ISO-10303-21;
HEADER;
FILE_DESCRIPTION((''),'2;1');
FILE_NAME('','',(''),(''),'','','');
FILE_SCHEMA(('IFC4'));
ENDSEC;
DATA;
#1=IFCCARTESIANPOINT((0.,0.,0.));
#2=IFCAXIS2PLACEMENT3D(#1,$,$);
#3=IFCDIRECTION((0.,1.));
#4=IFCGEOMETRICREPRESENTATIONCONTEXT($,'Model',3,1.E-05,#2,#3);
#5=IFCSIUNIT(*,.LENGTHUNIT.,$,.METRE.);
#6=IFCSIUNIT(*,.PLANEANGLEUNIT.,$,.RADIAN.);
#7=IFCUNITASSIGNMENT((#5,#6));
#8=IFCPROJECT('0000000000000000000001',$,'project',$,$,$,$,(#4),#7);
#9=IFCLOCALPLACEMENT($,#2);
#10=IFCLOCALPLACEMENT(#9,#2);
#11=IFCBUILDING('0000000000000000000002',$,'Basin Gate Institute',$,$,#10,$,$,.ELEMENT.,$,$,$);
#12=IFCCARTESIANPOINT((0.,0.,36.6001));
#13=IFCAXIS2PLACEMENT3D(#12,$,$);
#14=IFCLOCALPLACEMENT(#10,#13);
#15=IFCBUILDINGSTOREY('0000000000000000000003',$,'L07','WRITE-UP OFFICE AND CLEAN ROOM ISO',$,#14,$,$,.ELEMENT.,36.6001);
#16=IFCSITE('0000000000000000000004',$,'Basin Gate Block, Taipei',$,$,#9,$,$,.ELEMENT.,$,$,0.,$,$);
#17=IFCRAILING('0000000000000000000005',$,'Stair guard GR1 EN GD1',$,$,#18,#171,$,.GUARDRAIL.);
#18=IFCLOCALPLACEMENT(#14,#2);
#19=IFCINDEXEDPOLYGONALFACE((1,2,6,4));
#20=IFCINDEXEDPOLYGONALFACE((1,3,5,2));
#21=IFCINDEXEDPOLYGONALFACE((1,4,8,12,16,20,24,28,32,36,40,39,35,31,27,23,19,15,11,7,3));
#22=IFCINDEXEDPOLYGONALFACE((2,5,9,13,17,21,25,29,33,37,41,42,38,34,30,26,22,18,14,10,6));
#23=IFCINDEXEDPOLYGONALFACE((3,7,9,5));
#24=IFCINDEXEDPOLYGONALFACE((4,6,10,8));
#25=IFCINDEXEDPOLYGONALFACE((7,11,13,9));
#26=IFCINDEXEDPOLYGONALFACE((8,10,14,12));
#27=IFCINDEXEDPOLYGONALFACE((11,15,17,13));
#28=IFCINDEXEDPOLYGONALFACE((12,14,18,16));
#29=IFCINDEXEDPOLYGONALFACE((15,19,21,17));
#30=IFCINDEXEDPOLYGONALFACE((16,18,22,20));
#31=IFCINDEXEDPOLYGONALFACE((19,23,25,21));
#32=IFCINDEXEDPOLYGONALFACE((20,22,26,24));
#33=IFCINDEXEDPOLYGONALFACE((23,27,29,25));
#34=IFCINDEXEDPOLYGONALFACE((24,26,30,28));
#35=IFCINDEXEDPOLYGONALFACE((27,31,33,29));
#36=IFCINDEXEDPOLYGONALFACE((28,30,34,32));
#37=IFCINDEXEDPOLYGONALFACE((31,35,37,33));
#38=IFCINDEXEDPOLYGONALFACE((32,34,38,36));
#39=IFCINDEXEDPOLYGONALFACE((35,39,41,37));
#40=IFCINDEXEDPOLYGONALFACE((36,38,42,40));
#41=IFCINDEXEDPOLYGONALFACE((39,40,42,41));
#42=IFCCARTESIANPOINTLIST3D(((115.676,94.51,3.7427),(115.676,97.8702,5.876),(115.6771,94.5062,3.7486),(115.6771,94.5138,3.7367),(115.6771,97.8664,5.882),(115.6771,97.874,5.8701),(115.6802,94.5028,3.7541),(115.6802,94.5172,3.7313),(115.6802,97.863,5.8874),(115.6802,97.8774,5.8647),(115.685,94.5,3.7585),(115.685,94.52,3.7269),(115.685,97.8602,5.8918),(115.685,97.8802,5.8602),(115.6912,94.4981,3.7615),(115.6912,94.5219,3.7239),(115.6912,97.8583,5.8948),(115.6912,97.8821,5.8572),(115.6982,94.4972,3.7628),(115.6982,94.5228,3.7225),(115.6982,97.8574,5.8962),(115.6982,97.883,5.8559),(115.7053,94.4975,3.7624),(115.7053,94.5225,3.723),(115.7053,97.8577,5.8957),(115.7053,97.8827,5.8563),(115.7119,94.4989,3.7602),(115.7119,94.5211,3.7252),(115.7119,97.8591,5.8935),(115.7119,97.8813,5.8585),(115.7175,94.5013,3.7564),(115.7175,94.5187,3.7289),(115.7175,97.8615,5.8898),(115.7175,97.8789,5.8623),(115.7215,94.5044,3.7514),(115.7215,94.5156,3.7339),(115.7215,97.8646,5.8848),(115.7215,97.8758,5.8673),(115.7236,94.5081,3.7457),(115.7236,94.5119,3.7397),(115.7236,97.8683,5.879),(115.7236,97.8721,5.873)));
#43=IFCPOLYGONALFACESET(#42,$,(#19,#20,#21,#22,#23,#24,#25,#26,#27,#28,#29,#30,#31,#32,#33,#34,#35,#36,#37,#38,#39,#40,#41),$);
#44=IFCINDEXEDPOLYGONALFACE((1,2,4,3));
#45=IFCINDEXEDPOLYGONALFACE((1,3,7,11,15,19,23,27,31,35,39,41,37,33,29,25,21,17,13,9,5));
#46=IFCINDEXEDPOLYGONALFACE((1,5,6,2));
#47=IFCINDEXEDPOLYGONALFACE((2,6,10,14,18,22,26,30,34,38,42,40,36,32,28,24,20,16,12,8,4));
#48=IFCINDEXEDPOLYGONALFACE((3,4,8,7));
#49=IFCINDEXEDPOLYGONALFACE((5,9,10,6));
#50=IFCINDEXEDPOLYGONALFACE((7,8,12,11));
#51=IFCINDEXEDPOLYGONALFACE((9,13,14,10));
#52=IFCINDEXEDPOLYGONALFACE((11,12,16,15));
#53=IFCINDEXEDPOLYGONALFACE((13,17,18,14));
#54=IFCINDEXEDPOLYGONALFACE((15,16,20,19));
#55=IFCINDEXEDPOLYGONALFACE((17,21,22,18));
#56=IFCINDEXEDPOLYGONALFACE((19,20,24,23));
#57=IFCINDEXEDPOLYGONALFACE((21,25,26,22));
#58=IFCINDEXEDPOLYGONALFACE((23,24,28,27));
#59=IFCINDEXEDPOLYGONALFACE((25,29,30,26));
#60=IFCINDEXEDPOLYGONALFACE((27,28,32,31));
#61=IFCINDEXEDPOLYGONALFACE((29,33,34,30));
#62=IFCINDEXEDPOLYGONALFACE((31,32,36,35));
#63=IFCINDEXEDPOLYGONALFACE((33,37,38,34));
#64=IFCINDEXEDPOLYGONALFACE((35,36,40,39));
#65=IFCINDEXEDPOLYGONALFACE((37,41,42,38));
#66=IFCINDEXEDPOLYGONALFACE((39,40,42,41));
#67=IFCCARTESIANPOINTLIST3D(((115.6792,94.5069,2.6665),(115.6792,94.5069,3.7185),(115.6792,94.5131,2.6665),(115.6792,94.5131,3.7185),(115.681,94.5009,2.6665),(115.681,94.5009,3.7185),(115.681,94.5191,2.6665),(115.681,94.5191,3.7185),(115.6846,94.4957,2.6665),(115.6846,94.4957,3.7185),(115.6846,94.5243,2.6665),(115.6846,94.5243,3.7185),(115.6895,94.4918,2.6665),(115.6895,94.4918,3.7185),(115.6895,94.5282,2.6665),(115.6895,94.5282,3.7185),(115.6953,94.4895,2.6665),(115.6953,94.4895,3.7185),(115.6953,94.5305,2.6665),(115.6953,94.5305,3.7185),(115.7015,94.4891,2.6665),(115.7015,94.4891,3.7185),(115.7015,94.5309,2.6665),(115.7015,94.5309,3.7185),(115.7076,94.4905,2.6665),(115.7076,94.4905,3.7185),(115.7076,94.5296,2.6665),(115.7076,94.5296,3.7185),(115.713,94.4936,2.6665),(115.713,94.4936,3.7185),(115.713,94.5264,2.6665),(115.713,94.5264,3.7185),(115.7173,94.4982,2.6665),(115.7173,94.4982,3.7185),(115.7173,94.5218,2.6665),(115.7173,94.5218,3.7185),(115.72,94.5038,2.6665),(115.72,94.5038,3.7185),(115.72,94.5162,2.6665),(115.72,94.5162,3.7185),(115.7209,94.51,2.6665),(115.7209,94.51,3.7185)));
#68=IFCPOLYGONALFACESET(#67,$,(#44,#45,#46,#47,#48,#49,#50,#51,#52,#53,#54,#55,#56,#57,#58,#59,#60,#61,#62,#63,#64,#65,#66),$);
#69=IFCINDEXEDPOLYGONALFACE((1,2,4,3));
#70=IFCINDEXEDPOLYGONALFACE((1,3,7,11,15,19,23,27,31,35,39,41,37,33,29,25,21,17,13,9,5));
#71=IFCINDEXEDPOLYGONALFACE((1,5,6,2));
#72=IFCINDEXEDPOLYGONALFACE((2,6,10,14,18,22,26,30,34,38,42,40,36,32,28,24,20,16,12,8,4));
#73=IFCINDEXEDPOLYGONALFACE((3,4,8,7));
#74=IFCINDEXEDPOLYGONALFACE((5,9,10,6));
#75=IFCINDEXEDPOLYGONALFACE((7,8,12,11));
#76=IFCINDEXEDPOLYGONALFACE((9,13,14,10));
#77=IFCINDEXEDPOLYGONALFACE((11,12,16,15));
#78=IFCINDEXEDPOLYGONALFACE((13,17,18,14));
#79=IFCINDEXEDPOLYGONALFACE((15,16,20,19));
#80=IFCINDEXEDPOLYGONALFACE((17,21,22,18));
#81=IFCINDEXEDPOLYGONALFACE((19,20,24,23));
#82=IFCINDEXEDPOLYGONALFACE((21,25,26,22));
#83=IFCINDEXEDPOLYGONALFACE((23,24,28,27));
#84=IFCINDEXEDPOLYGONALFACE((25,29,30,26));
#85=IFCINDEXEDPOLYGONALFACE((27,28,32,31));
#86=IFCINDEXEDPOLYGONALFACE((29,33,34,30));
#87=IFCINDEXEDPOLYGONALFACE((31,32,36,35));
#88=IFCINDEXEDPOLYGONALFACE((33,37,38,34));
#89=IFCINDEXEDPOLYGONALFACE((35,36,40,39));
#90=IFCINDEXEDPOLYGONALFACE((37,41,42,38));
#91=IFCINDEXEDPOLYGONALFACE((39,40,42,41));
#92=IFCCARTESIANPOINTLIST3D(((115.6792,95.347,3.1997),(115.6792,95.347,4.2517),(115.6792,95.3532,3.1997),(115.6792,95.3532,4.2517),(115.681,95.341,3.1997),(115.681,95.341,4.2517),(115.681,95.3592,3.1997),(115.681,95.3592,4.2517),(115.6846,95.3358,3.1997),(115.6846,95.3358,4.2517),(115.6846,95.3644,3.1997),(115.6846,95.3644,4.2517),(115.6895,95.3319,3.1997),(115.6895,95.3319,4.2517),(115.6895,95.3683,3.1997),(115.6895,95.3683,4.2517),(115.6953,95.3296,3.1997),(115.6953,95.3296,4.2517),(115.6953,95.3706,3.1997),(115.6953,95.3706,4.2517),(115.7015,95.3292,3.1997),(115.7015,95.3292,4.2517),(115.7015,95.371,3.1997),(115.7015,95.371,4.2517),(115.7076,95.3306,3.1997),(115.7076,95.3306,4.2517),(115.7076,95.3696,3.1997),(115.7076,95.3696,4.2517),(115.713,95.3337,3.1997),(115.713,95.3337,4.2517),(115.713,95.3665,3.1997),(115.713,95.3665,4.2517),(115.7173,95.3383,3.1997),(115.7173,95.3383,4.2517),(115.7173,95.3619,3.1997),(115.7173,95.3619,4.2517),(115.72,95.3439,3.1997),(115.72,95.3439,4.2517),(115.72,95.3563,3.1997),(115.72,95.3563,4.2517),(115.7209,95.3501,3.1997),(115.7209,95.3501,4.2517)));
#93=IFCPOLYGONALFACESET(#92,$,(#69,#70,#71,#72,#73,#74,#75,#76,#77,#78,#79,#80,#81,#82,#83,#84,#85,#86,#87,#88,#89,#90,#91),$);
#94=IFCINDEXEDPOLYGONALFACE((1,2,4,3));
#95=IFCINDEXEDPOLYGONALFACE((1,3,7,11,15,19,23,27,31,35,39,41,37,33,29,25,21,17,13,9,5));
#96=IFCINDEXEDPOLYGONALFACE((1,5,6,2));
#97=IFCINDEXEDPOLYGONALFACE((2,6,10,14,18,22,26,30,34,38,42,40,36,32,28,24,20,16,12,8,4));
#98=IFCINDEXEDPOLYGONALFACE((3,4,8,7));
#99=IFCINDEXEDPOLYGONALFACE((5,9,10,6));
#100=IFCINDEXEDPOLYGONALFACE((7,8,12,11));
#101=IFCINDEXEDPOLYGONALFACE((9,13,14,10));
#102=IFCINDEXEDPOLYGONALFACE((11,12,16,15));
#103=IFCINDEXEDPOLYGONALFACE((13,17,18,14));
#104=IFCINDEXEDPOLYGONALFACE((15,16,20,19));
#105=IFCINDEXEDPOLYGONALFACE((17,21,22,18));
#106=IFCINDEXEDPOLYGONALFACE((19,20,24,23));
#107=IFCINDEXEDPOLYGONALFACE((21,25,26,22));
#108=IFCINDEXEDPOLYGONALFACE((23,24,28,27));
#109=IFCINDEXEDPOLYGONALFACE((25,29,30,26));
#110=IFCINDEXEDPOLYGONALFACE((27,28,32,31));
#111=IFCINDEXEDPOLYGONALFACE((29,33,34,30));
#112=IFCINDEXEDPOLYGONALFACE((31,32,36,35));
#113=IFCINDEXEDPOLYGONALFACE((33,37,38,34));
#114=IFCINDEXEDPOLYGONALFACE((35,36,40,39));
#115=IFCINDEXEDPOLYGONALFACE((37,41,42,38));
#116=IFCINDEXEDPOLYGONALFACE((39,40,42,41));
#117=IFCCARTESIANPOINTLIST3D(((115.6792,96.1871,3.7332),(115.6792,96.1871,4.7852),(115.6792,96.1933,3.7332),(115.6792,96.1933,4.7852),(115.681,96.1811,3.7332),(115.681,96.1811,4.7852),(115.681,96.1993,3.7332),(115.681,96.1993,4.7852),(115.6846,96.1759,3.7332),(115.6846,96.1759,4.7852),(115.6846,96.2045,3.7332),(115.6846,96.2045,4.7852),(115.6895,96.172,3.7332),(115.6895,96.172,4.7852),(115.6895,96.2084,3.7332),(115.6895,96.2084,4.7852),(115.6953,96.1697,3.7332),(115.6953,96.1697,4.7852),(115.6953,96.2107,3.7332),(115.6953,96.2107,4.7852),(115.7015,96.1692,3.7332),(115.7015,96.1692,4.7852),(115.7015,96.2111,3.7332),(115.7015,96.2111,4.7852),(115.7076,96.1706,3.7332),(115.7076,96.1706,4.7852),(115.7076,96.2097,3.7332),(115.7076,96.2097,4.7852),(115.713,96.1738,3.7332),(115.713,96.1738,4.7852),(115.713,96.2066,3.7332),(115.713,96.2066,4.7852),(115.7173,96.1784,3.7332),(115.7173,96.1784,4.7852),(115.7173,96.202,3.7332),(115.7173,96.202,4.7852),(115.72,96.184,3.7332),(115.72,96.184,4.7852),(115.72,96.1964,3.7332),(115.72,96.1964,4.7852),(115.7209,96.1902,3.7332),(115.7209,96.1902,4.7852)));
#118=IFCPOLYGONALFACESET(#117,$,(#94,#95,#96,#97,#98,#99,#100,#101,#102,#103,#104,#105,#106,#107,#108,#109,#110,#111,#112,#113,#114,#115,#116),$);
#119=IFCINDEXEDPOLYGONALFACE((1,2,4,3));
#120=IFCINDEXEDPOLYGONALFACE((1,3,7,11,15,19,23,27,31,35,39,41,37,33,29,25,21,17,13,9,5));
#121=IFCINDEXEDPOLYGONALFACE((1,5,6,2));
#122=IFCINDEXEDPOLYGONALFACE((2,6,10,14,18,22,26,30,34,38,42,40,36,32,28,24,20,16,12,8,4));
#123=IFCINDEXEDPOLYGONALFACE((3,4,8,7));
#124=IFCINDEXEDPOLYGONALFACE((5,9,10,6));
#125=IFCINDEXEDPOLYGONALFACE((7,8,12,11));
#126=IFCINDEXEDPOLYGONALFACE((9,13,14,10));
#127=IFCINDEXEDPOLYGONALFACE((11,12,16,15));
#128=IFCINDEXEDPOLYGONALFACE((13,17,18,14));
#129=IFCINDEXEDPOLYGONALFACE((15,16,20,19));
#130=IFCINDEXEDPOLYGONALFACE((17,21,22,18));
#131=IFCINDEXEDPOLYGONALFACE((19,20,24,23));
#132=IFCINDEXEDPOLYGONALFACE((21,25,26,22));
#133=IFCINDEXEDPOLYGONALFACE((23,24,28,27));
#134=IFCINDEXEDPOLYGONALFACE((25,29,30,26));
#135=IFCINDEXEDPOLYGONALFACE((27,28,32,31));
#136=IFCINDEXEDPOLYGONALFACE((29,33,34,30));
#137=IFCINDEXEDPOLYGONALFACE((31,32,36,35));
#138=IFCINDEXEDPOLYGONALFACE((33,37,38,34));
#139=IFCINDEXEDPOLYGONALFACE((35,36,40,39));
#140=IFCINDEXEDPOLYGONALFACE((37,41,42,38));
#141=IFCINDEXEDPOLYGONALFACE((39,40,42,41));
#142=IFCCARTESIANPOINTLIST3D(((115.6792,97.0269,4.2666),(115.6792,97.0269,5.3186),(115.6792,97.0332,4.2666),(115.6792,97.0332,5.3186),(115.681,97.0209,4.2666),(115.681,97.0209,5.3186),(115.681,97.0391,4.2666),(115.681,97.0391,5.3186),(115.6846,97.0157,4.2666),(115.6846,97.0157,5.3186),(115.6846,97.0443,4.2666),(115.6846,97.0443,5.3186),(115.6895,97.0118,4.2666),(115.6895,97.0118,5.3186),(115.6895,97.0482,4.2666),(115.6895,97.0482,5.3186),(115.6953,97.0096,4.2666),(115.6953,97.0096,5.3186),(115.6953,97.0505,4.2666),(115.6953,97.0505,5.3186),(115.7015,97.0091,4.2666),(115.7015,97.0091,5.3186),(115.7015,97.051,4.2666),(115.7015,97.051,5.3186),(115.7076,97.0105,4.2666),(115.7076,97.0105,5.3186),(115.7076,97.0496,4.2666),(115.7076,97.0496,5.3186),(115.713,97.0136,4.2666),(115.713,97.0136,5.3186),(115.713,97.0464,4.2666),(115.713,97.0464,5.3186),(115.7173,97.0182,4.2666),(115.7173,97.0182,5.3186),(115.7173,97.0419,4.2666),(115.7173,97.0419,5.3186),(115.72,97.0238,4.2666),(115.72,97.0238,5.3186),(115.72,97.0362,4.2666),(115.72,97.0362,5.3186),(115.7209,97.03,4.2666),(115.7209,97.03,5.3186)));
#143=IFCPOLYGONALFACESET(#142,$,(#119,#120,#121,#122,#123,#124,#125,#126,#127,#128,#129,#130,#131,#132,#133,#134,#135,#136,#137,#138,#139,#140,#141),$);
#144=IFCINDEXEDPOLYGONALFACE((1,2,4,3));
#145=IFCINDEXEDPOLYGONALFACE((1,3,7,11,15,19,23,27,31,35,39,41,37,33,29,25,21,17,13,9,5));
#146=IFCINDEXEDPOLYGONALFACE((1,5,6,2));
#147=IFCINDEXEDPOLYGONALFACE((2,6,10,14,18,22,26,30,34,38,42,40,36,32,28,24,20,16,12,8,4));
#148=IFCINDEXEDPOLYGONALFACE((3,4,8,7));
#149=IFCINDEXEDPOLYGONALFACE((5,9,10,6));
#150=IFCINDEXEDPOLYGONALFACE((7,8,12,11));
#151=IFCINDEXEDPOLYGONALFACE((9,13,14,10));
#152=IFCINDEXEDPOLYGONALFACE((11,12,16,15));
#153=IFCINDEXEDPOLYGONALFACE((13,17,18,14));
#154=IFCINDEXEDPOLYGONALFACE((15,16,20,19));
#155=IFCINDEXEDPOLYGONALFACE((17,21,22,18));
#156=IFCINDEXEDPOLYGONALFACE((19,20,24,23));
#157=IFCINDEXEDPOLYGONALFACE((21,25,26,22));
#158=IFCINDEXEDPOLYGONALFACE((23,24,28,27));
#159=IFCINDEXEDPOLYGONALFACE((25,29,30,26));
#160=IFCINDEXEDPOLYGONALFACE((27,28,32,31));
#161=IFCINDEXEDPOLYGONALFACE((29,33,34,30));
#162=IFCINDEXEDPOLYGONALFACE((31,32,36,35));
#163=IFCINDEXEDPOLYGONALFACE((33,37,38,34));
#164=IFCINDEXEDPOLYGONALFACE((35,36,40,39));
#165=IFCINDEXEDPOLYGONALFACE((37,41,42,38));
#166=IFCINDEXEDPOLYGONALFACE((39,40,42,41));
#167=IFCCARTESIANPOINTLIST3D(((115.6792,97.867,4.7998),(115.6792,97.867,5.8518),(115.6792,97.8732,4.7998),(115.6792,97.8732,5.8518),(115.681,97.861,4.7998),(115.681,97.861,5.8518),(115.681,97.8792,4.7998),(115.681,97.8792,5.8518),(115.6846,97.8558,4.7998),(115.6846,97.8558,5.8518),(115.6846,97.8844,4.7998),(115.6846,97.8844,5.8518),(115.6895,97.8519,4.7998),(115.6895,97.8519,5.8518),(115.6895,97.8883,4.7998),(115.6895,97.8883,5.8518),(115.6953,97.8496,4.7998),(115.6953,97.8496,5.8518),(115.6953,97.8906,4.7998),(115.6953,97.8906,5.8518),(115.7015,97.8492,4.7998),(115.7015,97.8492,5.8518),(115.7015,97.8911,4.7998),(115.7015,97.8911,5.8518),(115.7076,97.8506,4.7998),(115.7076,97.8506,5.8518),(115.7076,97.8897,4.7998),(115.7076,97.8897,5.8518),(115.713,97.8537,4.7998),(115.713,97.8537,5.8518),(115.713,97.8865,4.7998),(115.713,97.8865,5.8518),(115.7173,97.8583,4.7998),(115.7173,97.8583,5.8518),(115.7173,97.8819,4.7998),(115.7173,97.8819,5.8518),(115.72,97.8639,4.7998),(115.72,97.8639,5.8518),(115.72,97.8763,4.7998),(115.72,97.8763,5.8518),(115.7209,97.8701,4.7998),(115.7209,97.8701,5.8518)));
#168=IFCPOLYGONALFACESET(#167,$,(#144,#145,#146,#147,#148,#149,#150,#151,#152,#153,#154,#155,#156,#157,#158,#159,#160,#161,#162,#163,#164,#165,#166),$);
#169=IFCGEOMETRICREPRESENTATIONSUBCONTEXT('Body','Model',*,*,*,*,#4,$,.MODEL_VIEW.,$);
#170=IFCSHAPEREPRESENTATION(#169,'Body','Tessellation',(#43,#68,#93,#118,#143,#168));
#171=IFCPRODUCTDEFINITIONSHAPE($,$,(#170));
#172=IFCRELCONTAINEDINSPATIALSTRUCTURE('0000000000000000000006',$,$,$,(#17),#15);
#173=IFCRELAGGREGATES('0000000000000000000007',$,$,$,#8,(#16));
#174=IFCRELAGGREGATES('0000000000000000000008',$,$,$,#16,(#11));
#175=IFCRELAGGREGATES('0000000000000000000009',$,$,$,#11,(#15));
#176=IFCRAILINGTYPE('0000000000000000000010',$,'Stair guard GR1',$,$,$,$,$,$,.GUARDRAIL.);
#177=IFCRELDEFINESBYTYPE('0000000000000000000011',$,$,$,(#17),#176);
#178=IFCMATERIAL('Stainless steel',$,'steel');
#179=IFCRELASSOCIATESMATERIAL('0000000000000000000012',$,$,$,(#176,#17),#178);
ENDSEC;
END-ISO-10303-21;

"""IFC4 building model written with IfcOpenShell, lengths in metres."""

from ifc_helpers import new_model, si_unit, direction, frame, origin, origin_2d, place, context, subcontext, project, spatial, circle, extrude, material, type_object, element, save


model = new_model("IFC4")

# Units and contexts
model_context = context("Model", 3, precision=1e-05, world=origin(), true_north=direction((0.0, 1.0)))
body_context = subcontext(model_context, "Body", "Model", "MODEL_VIEW")
ifc_project = project(units=[si_unit("LENGTHUNIT", "METRE"), si_unit("PLANEANGLEUNIT", "RADIAN")], contexts=[model_context])

# Site, building, storey
site_placement = place(None, origin())
site = spatial("IfcSite", under=ifc_project, at=site_placement, Name="Basin Gate Block, Taipei", CompositionType="ELEMENT", RefElevation=0.0)
building_placement = place(site_placement, origin())
building = spatial("IfcBuilding", under=site, at=building_placement, Name="Basin Gate Institute", CompositionType="ELEMENT")
storey_placement = place(building_placement, frame((0.0, 0.0, 36.6001)))
storey = spatial("IfcBuildingStorey", under=building, at=storey_placement, Name="L07", Description="WRITE-UP OFFICE AND CLEAN ROOM ISO", CompositionType="ELEMENT", Elevation=36.6001)

# Railing
ifc_material_1 = material(Name="Stainless steel", Category="steel")
railing_type_1 = type_object("IfcRailingType", Name="Stair guard GR1", PredefinedType="GUARDRAIL", material=ifc_material_1)
railing_1_placement = place(storey_placement, frame((115.7, 94.51, 2.6665)))
element("IfcRailing", 1, at=railing_1_placement, inside=storey, type_object=railing_type_1, material=ifc_material_1, Name="Stair guard GR1 EN GD1", PredefinedType="GUARDRAIL", context=body_context, shape_type="SweptSolid", body=[
    extrude(circle(Radius=0.0239, at=origin_2d()), frame((0.0, 0.0, 1.0762), z_axis=(0.0, 0.844224, 0.53599), x_axis=(-1.0, 0.0, 0.0)), (0.0, 0.0, 1.0), 3.9802),
    extrude(circle(Radius=0.021, at=origin_2d()), origin(), (0.0, 0.0, 1.0), 1.052),
    extrude(circle(Radius=0.021, at=origin_2d()), frame((0.0, 0.8401, 0.5332)), (0.0, 0.0, 1.0), 1.052),
    extrude(circle(Radius=0.021, at=origin_2d()), frame((0.0, 1.6802, 1.0667)), (0.0, 0.0, 1.0), 1.052),
    extrude(circle(Radius=0.021, at=origin_2d()), frame((0.0, 2.52, 1.6001)), (0.0, 0.0, 1.0), 1.052),
    extrude(circle(Radius=0.021, at=origin_2d()), frame((0.0, 3.3601, 2.1333)), (0.0, 0.0, 1.0), 1.052),
])

save(model, "model.ifc")
